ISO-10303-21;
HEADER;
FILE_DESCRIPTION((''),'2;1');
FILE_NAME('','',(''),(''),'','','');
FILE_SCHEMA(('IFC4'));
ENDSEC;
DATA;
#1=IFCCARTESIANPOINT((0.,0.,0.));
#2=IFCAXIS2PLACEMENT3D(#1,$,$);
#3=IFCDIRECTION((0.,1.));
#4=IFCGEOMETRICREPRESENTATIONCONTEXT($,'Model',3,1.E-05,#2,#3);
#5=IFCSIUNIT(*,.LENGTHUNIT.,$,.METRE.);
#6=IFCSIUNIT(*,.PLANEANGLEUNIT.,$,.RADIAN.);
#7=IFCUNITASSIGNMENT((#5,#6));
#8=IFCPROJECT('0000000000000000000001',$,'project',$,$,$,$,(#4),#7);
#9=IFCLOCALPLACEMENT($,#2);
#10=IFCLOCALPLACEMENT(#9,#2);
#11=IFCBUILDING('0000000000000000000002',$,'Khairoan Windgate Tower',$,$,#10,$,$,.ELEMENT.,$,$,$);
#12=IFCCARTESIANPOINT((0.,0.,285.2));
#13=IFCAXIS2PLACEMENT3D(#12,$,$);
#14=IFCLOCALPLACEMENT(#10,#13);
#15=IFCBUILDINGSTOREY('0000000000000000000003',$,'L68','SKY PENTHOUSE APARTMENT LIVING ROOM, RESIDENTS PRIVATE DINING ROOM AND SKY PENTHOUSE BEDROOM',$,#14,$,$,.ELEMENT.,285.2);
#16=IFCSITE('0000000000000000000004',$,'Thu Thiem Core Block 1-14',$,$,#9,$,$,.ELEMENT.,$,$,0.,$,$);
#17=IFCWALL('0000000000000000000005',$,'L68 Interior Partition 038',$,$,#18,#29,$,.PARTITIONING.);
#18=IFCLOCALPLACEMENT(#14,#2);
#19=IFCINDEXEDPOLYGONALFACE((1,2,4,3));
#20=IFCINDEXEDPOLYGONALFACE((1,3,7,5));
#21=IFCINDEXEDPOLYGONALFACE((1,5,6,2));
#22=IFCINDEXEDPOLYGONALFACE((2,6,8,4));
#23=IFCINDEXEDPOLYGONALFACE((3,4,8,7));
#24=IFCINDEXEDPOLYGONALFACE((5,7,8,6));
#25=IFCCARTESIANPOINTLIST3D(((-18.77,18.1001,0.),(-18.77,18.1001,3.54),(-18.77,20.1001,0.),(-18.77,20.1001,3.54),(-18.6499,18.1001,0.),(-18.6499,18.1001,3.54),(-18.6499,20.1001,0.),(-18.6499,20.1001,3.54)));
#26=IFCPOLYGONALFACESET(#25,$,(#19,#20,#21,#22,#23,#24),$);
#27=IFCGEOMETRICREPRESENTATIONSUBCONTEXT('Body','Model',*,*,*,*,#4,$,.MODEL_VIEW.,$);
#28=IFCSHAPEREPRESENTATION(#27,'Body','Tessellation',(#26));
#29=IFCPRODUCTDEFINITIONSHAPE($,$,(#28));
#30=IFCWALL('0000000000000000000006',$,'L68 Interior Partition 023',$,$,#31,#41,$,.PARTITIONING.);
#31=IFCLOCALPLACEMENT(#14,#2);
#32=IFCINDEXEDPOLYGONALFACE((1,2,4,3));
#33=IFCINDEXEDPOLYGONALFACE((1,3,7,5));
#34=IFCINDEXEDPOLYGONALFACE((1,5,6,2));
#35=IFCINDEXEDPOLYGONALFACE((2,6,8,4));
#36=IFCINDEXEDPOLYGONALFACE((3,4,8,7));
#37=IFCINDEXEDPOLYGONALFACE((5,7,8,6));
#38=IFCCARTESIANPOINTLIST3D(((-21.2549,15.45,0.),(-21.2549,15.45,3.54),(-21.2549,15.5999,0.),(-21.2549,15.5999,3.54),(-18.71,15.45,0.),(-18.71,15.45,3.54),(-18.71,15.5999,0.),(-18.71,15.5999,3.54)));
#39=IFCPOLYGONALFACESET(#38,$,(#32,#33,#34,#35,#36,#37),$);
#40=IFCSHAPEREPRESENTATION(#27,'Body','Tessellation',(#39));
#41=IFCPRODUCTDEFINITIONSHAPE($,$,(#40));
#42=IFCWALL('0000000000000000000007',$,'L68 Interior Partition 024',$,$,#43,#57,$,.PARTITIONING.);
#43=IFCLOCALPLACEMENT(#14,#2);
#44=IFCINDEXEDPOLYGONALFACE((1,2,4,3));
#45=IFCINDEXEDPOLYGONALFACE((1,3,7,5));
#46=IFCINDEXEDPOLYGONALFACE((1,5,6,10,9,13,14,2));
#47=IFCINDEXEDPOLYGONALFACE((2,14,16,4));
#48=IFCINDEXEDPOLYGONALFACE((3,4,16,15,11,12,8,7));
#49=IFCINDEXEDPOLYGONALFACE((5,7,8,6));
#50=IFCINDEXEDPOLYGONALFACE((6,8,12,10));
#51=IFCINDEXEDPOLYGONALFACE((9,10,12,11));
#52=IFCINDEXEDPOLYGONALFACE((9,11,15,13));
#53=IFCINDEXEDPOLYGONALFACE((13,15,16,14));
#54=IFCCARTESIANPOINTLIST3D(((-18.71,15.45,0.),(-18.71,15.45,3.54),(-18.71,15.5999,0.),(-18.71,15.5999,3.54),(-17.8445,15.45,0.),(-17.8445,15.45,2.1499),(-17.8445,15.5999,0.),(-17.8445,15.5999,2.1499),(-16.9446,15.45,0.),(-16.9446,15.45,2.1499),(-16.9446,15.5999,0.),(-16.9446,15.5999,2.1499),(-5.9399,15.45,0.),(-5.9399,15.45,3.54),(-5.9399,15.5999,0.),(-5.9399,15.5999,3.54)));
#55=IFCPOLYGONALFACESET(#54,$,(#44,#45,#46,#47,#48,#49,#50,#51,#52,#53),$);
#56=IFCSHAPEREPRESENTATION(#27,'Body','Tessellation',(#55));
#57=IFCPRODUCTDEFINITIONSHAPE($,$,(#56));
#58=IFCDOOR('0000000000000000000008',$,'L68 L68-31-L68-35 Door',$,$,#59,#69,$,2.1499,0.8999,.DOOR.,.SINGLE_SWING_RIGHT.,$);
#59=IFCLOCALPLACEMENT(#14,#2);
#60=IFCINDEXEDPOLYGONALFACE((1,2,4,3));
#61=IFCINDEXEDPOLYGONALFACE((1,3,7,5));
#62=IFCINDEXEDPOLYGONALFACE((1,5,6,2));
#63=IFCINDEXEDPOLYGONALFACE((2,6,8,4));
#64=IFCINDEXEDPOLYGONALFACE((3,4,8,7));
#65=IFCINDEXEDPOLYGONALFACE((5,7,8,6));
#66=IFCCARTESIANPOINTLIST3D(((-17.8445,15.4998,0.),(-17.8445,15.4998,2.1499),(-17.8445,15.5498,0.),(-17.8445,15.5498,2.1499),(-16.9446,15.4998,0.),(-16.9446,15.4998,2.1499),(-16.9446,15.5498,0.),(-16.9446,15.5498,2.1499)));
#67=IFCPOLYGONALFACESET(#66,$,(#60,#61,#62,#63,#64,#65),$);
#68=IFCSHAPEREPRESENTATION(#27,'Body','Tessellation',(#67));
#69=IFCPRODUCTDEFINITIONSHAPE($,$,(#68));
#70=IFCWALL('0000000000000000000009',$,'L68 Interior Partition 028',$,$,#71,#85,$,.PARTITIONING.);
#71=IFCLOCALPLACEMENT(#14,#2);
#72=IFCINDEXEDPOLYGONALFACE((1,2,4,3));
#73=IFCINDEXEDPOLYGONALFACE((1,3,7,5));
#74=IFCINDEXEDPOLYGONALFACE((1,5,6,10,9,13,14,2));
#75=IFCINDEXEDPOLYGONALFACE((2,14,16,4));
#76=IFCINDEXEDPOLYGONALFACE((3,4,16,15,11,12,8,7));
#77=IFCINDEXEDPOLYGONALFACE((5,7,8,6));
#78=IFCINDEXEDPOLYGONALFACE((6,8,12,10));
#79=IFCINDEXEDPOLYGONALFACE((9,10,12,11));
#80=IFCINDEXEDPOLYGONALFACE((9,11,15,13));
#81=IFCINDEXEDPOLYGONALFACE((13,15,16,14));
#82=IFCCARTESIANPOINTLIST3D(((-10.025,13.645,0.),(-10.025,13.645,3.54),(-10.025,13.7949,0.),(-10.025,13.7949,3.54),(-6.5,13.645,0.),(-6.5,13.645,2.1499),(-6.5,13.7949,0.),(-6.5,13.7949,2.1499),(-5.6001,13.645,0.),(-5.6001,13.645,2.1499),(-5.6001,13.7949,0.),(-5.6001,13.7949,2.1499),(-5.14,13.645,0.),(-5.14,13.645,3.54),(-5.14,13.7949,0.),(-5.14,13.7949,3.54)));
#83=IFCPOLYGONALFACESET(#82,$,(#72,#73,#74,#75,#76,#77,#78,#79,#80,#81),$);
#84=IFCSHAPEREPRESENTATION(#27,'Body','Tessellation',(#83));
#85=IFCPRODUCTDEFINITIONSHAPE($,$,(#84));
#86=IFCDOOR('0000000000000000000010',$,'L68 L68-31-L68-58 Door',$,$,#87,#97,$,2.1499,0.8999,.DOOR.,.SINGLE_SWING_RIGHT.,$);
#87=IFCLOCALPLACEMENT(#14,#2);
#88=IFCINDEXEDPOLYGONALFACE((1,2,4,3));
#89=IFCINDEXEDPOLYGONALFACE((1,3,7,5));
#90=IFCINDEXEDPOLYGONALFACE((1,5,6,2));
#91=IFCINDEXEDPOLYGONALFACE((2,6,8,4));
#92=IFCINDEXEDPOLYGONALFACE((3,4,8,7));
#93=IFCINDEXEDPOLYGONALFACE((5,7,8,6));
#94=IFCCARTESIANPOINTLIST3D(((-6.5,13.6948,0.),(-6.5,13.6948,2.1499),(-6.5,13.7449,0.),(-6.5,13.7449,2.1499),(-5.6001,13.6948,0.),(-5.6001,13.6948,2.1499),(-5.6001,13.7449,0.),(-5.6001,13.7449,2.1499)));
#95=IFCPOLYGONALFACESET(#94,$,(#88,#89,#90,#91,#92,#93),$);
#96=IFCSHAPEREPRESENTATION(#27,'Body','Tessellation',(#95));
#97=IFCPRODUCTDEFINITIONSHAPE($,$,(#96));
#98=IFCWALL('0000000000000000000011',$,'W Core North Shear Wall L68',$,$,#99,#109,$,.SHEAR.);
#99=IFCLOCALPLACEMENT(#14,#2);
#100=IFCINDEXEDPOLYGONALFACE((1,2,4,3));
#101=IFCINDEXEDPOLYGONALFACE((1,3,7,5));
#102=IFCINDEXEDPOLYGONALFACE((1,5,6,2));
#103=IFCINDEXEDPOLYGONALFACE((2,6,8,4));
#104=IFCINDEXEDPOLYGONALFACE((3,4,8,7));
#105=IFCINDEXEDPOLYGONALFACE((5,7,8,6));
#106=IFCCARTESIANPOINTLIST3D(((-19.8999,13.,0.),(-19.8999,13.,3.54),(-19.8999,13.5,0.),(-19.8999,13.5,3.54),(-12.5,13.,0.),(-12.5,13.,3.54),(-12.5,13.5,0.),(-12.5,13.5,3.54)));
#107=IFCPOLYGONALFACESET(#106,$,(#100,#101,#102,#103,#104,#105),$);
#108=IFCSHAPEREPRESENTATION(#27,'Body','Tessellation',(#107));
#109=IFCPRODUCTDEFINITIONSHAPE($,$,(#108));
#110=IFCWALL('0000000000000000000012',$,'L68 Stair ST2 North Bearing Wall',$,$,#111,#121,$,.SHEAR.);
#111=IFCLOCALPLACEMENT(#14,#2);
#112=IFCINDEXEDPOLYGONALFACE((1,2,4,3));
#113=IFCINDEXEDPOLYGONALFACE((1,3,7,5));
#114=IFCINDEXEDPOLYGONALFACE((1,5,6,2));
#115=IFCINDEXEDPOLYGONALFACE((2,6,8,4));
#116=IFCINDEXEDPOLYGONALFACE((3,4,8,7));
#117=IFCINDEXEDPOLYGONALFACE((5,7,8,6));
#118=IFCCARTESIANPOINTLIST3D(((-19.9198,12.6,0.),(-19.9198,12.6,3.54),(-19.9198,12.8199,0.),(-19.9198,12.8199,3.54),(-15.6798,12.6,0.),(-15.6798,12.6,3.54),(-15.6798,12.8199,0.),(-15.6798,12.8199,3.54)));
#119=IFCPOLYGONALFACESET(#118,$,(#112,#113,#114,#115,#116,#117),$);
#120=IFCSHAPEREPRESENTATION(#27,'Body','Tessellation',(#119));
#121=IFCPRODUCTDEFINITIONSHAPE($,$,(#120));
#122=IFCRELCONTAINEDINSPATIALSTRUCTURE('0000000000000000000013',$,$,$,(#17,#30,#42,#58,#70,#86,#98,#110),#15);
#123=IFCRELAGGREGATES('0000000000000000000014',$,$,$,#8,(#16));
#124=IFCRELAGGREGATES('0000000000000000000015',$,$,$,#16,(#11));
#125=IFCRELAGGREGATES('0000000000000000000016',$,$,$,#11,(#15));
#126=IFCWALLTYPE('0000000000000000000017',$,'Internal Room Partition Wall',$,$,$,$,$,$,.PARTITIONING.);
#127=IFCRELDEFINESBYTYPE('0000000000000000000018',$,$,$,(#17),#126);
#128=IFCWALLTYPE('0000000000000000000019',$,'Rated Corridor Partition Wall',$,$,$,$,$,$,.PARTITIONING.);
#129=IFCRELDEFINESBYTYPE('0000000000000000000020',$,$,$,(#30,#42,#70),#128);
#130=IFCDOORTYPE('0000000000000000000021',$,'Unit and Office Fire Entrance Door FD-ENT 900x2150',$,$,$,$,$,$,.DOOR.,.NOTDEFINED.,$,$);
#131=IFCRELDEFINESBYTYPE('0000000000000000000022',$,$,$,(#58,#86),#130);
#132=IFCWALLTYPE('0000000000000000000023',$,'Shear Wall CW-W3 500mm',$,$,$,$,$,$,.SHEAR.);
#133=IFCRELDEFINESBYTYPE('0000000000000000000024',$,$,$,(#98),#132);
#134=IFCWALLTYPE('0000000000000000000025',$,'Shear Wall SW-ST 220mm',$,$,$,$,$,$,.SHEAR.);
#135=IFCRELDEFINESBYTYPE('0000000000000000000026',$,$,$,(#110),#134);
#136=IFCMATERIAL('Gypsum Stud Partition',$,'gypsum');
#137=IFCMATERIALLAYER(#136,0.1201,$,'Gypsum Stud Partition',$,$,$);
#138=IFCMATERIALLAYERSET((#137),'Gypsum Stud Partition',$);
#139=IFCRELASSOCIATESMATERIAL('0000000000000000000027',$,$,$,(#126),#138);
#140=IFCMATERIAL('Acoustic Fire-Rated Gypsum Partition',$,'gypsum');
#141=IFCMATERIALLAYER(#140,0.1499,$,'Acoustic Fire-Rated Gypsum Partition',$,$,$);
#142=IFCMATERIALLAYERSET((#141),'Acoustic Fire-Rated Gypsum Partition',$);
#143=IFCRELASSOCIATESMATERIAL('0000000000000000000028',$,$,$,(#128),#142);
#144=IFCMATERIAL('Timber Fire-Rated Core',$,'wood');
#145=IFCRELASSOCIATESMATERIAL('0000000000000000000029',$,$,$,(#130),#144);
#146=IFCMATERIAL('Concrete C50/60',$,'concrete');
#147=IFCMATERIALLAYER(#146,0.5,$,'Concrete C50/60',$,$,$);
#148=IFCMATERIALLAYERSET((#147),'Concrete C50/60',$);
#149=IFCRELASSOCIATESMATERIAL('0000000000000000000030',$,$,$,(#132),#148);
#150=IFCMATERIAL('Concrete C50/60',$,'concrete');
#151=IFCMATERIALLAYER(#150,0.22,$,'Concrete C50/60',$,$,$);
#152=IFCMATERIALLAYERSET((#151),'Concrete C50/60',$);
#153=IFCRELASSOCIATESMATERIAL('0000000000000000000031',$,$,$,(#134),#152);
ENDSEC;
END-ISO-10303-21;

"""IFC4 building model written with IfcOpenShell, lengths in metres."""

from ifc_helpers import new_model, si_unit, direction, frame, frame_2d, origin, place, context, subcontext, project, spatial, rectangle, extrude, material, layer, layer_set, type_object, element, fill, save


model = new_model("IFC4")

# Units and contexts
model_context = context("Model", 3, precision=1e-05, world=origin(), true_north=direction((0.0, 1.0)))
body_context = subcontext(model_context, "Body", "Model", "MODEL_VIEW")
ifc_project = project(units=[si_unit("LENGTHUNIT", "METRE"), si_unit("PLANEANGLEUNIT", "RADIAN")], contexts=[model_context])

# Site, building, storey
site_placement = place(None, origin())
site = spatial("IfcSite", under=ifc_project, at=site_placement, Name="Thu Thiem Core Block 1-14", CompositionType="ELEMENT", RefElevation=0.0)
building_placement = place(site_placement, origin())
building = spatial("IfcBuilding", under=site, at=building_placement, Name="Khairoan Windgate Tower", CompositionType="ELEMENT")
storey_placement = place(building_placement, frame((0.0, 0.0, 285.2)))
storey = spatial("IfcBuildingStorey", under=building, at=storey_placement, Name="L68", Description="SKY PENTHOUSE APARTMENT LIVING ROOM, RESIDENTS PRIVATE DINING ROOM AND SKY PENTHOUSE BEDROOM", CompositionType="ELEMENT", Elevation=285.2)

# Walls
ifc_material_1 = material(Name="Gypsum Stud Partition", Category="gypsum")
ifc_layer_1 = layer(ifc_material_1, 0.1201, Name="Gypsum Stud Partition")
ifc_layer_set_1 = layer_set([ifc_layer_1], Name="Gypsum Stud Partition")
wall_type_1 = type_object("IfcWallType", Name="Internal Room Partition Wall", PredefinedType="PARTITIONING", material=ifc_layer_set_1)
wall_1_placement = place(storey_placement, frame((-18.71, 18.1001, 0.0), z_axis=(0.0, 0.0, 1.0), x_axis=(0.0, 1.0, 0.0)))
element("IfcWall", 1, at=wall_1_placement, inside=storey, type_object=wall_type_1, Name="L68 Interior Partition 038", PredefinedType="PARTITIONING", context=body_context, shape_type="SweptSolid", body=[
    extrude(rectangle(XDim=2.0, YDim=0.1201, at=frame_2d((1.0, 0.0))), origin(), (0.0, 0.0, 1.0), 3.54),
])
ifc_material_2 = material(Name="Acoustic Fire-Rated Gypsum Partition", Category="gypsum")
ifc_layer_2 = layer(ifc_material_2, 0.1499, Name="Acoustic Fire-Rated Gypsum Partition")
ifc_layer_set_2 = layer_set([ifc_layer_2], Name="Acoustic Fire-Rated Gypsum Partition")
wall_type_2 = type_object("IfcWallType", Name="Rated Corridor Partition Wall", PredefinedType="PARTITIONING", material=ifc_layer_set_2)
wall_2_placement = place(storey_placement, frame((-21.2549, 15.5249, 0.0), z_axis=(0.0, 0.0, 1.0), x_axis=(1.0, 0.0, 0.0)))
element("IfcWall", 2, at=wall_2_placement, inside=storey, type_object=wall_type_2, Name="L68 Interior Partition 023", PredefinedType="PARTITIONING", context=body_context, shape_type="SweptSolid", body=[
    extrude(rectangle(XDim=2.5449, YDim=0.1499, at=frame_2d((1.2725, 0.0))), origin(), (0.0, 0.0, 1.0), 3.54),
])

# Walls, openings, doors
wall_3_placement = place(storey_placement, frame((-18.71, 15.5249, 0.0), z_axis=(0.0, 0.0, 1.0), x_axis=(1.0, 0.0, 0.0)))
wall_3 = element("IfcWall", 3, at=wall_3_placement, inside=storey, type_object=wall_type_2, Name="L68 Interior Partition 024", PredefinedType="PARTITIONING", context=body_context, shape_type="SweptSolid", body=[
    extrude(rectangle(XDim=12.77, YDim=0.1499, at=frame_2d((6.385, 0.0))), origin(), (0.0, 0.0, 1.0), 3.54),
])
opening_1_placement = place(wall_3_placement, frame((0.8655, 0.0, 0.0)))
opening_1 = element("IfcOpeningElement", 4, at=opening_1_placement, cuts=wall_3, PredefinedType="OPENING", context=body_context, shape_type="SweptSolid", body=[
    extrude(rectangle(XDim=0.8999, YDim=2.1499, at=frame_2d((0.45, 1.075))), frame((0.0, 0.085, 0.0), z_axis=(0.0, -1.0, 0.0), x_axis=(1.0, 0.0, 0.0)), (0.0, 0.0, 1.0), 0.1699),
])
ifc_material_3 = material(Name="Timber Fire-Rated Core", Category="wood")
door_type_1 = type_object("IfcDoorType", Name="Unit and Office Fire Entrance Door FD-ENT 900x2150", OperationType="NOTDEFINED", PredefinedType="DOOR", material=ifc_material_3)
door_1_placement = place(opening_1_placement, origin())
door_1 = element("IfcDoor", 5, at=door_1_placement, inside=storey, type_object=door_type_1, Name="L68 L68-31-L68-35 Door", OperationType="SINGLE_SWING_RIGHT", OverallHeight=2.1499, OverallWidth=0.8999, PredefinedType="DOOR", context=body_context, shape_type="SweptSolid", body=[
    extrude(rectangle(XDim=0.8999, YDim=2.1499, at=frame_2d((0.45, 1.075))), frame((0.0, 0.0249, 0.0), z_axis=(0.0, -1.0, 0.0), x_axis=(1.0, 0.0, 0.0)), (0.0, 0.0, 1.0), 0.05),
])
fill(opening_1, door_1)
wall_4_placement = place(storey_placement, frame((-10.0249, 13.72, 0.0), z_axis=(0.0, 0.0, 1.0), x_axis=(1.0, 0.0, 0.0)))
wall_4 = element("IfcWall", 6, at=wall_4_placement, inside=storey, type_object=wall_type_2, Name="L68 Interior Partition 028", PredefinedType="PARTITIONING", context=body_context, shape_type="SweptSolid", body=[
    extrude(rectangle(XDim=4.885, YDim=0.1499, at=frame_2d((2.4424, 0.0))), origin(), (0.0, 0.0, 1.0), 3.54),
])
opening_2_placement = place(wall_4_placement, frame((3.5249, 0.0, 0.0)))
opening_2 = element("IfcOpeningElement", 7, at=opening_2_placement, cuts=wall_4, PredefinedType="OPENING", context=body_context, shape_type="SweptSolid", body=[
    extrude(rectangle(XDim=0.8999, YDim=2.1499, at=frame_2d((0.45, 1.075))), frame((0.0, 0.085, 0.0), z_axis=(0.0, -1.0, 0.0), x_axis=(1.0, 0.0, 0.0)), (0.0, 0.0, 1.0), 0.1699),
])
door_2_placement = place(opening_2_placement, origin())
door_2 = element("IfcDoor", 8, at=door_2_placement, inside=storey, type_object=door_type_1, Name="L68 L68-31-L68-58 Door", OperationType="SINGLE_SWING_RIGHT", OverallHeight=2.1499, OverallWidth=0.8999, PredefinedType="DOOR", context=body_context, shape_type="SweptSolid", body=[
    extrude(rectangle(XDim=0.8999, YDim=2.1499, at=frame_2d((0.45, 1.075))), frame((0.0, 0.0249, 0.0), z_axis=(0.0, -1.0, 0.0), x_axis=(1.0, 0.0, 0.0)), (0.0, 0.0, 1.0), 0.05),
])
fill(opening_2, door_2)

# Walls
ifc_material_4 = material(Name="Concrete C50/60", Category="concrete")
ifc_layer_3 = layer(ifc_material_4, 0.5, Name="Concrete C50/60")
ifc_layer_set_3 = layer_set([ifc_layer_3], Name="Concrete C50/60")
wall_type_3 = type_object("IfcWallType", Name="Shear Wall CW-W3 500mm", PredefinedType="SHEAR", material=ifc_layer_set_3)
wall_5_placement = place(storey_placement, frame((-19.8999, 13.25, 0.0), z_axis=(0.0, 0.0, 1.0), x_axis=(1.0, 0.0, 0.0)))
element("IfcWall", 9, at=wall_5_placement, inside=storey, type_object=wall_type_3, Name="W Core North Shear Wall L68", PredefinedType="SHEAR", context=body_context, shape_type="SweptSolid", body=[
    extrude(rectangle(XDim=7.3999, YDim=0.5, at=frame_2d((3.7, 0.0))), origin(), (0.0, 0.0, 1.0), 3.54),
])
ifc_material_5 = material(Name="Concrete C50/60", Category="concrete")
ifc_layer_4 = layer(ifc_material_5, 0.22, Name="Concrete C50/60")
ifc_layer_set_4 = layer_set([ifc_layer_4], Name="Concrete C50/60")
wall_type_4 = type_object("IfcWallType", Name="Shear Wall SW-ST 220mm", PredefinedType="SHEAR", material=ifc_layer_set_4)
wall_6_placement = place(storey_placement, frame((-19.9199, 12.71, 0.0), z_axis=(0.0, 0.0, 1.0), x_axis=(1.0, 0.0, 0.0)))
element("IfcWall", 10, at=wall_6_placement, inside=storey, type_object=wall_type_4, Name="L68 Stair ST2 North Bearing Wall", PredefinedType="SHEAR", context=body_context, shape_type="SweptSolid", body=[
    extrude(rectangle(XDim=4.24, YDim=0.22, at=frame_2d((2.1201, 0.0))), origin(), (0.0, 0.0, 1.0), 3.54),
])

save(model, "model.ifc")
